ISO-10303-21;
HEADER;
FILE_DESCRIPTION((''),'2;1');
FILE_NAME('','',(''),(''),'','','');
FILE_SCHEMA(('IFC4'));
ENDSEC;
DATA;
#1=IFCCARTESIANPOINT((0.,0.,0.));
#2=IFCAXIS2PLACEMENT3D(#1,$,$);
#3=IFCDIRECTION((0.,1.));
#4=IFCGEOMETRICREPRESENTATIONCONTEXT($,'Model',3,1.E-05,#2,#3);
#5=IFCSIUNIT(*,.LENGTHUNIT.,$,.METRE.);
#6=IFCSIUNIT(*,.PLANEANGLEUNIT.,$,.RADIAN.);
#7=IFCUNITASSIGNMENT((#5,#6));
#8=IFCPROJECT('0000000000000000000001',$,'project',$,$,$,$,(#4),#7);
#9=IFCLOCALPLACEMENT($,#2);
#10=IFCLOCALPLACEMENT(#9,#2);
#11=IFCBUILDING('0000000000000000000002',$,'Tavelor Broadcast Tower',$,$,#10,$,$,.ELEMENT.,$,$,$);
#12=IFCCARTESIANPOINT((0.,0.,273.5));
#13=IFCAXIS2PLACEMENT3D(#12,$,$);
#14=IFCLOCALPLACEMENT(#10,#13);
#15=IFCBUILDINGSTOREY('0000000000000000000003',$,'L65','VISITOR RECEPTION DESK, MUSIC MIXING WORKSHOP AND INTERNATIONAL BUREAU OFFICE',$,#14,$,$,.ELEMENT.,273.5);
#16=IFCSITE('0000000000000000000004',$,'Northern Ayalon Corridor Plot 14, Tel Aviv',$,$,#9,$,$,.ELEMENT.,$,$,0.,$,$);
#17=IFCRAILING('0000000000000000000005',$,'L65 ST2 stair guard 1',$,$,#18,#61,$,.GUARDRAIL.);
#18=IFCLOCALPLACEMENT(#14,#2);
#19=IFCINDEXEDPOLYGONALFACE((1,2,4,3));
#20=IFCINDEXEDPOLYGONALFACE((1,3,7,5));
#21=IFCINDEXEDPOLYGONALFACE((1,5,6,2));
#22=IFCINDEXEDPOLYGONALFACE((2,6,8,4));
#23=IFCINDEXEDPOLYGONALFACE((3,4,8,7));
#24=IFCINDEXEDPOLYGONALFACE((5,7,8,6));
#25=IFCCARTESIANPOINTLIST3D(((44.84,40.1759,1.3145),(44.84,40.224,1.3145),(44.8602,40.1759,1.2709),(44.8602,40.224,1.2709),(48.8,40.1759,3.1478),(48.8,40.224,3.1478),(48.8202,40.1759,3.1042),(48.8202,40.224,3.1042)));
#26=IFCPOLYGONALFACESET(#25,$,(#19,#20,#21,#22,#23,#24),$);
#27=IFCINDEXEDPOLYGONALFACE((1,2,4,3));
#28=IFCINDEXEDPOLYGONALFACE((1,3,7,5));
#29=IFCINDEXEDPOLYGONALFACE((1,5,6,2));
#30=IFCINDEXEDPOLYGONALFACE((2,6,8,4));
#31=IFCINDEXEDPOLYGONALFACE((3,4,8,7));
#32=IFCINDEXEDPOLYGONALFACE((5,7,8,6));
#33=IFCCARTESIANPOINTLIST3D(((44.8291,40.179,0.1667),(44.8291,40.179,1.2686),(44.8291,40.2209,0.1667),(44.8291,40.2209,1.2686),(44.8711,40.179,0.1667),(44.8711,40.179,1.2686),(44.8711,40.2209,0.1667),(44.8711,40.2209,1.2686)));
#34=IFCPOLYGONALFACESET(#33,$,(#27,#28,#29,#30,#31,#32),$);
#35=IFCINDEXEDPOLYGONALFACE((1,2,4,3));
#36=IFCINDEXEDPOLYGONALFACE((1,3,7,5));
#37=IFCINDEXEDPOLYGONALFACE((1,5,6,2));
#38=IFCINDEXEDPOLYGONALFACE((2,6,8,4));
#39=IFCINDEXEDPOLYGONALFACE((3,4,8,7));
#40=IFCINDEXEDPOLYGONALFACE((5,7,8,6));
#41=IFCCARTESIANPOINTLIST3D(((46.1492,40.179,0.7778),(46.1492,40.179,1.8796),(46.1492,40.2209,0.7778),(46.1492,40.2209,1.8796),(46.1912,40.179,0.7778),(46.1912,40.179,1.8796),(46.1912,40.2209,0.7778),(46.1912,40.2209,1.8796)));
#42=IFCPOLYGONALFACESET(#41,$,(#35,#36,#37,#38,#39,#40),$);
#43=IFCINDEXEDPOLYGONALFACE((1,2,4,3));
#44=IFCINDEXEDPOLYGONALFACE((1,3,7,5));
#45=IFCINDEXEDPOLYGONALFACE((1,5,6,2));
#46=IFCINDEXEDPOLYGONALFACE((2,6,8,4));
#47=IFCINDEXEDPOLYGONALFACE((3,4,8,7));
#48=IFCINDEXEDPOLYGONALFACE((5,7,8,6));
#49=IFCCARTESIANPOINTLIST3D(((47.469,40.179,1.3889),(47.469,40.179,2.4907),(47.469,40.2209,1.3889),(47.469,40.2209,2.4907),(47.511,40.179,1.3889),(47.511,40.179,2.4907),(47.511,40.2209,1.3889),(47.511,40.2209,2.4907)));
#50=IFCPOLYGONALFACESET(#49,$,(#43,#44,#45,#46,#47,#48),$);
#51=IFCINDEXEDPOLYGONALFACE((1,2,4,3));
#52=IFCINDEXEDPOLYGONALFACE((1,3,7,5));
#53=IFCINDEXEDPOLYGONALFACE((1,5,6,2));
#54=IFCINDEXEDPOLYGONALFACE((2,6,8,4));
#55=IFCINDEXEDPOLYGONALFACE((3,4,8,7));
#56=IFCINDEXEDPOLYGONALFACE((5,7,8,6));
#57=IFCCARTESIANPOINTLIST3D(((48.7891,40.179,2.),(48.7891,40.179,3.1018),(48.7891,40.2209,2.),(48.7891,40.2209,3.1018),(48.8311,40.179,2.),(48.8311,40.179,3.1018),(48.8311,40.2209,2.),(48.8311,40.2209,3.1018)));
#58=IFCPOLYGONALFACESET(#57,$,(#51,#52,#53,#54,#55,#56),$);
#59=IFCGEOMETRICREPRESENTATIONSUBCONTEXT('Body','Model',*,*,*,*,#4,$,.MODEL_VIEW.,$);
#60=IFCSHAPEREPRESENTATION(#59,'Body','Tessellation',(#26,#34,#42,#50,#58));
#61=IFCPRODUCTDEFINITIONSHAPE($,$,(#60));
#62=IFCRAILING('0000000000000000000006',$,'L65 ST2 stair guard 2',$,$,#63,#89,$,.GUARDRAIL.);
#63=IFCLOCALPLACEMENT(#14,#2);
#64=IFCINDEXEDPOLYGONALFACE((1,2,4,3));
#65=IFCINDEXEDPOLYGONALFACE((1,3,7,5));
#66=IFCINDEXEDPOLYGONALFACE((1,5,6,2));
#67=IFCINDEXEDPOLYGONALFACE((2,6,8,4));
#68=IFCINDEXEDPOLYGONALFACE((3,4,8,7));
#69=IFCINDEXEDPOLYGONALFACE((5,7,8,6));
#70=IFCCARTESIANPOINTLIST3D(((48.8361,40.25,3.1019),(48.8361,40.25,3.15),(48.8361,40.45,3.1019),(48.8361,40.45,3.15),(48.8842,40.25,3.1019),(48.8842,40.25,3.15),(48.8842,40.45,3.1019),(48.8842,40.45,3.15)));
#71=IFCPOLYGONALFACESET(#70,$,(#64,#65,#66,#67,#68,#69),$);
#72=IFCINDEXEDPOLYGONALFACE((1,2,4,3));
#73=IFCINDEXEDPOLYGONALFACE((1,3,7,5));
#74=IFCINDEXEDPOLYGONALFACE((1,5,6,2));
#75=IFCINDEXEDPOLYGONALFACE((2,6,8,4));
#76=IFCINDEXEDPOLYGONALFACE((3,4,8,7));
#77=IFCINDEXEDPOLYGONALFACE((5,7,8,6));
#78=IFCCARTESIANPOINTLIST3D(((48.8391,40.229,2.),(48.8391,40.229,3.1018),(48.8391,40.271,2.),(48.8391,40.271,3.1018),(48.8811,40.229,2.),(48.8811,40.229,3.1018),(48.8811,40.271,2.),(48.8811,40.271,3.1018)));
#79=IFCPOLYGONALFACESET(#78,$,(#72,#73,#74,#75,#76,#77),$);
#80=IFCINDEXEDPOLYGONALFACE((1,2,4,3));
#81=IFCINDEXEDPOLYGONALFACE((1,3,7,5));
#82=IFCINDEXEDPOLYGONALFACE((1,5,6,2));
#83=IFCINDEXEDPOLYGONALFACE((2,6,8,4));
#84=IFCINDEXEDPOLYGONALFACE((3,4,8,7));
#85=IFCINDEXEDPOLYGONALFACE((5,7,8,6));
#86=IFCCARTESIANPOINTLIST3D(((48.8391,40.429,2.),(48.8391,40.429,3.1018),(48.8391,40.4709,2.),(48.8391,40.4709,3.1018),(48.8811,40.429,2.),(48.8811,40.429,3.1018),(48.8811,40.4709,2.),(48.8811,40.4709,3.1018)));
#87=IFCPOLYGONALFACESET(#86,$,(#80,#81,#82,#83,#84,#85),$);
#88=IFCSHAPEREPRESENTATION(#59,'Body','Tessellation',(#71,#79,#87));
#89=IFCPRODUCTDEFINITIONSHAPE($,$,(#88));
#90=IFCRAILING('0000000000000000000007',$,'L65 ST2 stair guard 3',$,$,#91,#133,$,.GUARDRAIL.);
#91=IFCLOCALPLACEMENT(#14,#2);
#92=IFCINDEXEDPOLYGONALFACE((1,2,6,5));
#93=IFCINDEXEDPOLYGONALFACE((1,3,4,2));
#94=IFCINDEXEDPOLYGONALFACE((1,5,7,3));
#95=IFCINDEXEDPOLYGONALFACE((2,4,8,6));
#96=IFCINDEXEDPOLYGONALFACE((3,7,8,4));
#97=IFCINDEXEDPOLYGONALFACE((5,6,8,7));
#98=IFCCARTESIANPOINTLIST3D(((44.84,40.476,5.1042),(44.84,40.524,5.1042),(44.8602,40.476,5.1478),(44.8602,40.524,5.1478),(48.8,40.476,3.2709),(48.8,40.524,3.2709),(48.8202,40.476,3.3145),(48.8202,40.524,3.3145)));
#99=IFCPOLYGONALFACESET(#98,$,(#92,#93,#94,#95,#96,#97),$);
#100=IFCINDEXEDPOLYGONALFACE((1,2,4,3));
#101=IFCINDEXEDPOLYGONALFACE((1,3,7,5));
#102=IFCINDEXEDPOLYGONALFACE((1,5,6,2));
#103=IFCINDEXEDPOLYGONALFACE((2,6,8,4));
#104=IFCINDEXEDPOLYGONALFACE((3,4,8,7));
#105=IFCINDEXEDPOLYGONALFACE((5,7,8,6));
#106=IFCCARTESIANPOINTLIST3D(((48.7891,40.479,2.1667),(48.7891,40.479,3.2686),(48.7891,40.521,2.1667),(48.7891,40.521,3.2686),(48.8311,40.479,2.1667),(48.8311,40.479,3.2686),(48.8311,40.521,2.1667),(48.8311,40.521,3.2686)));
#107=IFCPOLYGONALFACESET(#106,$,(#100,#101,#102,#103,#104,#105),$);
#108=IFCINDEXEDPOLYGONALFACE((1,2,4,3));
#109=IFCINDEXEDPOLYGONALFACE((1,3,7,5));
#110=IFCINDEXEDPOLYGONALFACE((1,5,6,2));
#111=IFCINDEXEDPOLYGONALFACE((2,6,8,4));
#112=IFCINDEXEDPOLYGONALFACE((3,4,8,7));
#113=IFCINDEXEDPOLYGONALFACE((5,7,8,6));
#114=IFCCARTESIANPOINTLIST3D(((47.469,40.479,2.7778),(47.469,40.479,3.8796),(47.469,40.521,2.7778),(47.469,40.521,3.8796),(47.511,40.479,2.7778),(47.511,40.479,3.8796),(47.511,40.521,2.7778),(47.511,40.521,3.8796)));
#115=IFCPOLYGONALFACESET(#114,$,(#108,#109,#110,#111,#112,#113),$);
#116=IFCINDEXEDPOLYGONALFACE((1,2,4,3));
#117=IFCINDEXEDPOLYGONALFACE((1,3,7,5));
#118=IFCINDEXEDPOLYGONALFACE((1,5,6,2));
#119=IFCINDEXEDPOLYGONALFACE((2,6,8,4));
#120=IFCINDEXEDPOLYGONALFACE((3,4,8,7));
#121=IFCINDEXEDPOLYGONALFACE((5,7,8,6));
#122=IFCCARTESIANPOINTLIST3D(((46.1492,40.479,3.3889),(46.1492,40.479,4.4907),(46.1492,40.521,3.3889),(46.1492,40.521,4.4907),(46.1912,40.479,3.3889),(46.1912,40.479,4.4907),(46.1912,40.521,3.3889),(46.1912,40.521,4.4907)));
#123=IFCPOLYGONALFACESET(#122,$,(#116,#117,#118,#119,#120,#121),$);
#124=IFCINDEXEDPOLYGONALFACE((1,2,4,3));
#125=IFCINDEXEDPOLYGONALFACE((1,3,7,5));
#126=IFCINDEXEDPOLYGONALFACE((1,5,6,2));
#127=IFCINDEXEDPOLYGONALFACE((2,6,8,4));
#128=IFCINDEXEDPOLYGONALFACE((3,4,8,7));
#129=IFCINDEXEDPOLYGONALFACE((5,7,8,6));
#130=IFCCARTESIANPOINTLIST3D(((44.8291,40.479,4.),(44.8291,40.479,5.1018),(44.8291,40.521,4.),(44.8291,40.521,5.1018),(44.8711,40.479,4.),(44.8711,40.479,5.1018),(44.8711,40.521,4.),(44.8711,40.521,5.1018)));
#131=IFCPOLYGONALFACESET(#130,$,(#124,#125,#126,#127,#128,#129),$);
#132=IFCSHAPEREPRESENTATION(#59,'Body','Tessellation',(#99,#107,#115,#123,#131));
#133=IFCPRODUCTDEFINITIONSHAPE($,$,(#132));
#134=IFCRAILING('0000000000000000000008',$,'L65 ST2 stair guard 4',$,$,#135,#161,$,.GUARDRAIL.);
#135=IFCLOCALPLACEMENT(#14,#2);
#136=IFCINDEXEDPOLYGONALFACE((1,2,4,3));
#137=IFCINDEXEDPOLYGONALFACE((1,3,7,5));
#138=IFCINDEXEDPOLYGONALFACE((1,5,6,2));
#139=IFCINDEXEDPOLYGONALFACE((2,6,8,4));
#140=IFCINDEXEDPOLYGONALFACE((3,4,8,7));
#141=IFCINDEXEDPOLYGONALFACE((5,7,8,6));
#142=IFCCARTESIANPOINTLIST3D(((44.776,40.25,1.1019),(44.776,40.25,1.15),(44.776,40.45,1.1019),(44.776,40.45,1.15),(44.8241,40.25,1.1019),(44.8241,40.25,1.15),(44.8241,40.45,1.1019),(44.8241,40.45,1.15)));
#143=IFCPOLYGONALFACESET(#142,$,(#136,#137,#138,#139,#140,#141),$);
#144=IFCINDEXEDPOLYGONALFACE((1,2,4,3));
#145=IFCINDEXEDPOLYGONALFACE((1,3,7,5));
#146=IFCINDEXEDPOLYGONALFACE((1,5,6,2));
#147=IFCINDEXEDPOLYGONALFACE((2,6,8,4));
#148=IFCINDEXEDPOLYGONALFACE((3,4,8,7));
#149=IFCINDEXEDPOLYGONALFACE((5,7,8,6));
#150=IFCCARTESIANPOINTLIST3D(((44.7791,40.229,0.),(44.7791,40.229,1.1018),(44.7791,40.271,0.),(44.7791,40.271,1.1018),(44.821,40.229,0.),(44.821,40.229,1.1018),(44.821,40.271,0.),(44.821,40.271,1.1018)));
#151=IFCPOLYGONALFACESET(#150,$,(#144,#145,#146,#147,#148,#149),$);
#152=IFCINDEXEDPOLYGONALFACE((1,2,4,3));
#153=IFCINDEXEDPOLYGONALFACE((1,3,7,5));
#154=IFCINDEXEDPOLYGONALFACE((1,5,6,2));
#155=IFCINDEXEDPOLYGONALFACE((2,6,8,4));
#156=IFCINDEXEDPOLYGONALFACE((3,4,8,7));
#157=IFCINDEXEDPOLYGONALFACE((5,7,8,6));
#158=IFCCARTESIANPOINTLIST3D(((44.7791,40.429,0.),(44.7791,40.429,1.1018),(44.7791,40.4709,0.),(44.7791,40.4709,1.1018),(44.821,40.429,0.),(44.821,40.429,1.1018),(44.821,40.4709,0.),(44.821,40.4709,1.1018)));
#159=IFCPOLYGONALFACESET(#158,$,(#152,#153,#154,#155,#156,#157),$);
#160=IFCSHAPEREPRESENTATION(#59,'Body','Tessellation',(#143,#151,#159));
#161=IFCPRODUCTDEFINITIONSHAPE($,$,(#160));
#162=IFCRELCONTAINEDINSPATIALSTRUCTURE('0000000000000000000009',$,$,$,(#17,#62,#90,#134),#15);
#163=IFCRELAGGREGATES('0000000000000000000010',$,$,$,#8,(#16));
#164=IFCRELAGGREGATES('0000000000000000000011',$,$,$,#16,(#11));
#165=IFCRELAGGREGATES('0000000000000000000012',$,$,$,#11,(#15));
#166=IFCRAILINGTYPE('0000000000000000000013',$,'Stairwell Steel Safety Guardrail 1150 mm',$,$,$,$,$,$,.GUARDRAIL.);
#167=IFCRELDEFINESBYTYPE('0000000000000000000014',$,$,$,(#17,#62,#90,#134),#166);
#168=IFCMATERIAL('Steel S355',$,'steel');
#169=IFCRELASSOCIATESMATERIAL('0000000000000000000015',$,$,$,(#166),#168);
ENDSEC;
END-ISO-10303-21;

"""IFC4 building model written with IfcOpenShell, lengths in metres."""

from ifc_helpers import new_model, si_unit, direction, frame, origin, origin_2d, place, context, subcontext, project, spatial, rectangle, extrude, material, type_object, element, save


model = new_model("IFC4")

# Units and contexts
model_context = context("Model", 3, precision=1e-05, world=origin(), true_north=direction((0.0, 1.0)))
body_context = subcontext(model_context, "Body", "Model", "MODEL_VIEW")
ifc_project = project(units=[si_unit("LENGTHUNIT", "METRE"), si_unit("PLANEANGLEUNIT", "RADIAN")], contexts=[model_context])

# Site, building, storey
site_placement = place(None, origin())
site = spatial("IfcSite", under=ifc_project, at=site_placement, Name="Northern Ayalon Corridor Plot 14, Tel Aviv", CompositionType="ELEMENT", RefElevation=0.0)
building_placement = place(site_placement, origin())
building = spatial("IfcBuilding", under=site, at=building_placement, Name="Tavelor Broadcast Tower", CompositionType="ELEMENT")
storey_placement = place(building_placement, frame((0.0, 0.0, 273.5)))
storey = spatial("IfcBuildingStorey", under=building, at=storey_placement, Name="L65", Description="VISITOR RECEPTION DESK, MUSIC MIXING WORKSHOP AND INTERNATIONAL BUREAU OFFICE", CompositionType="ELEMENT", Elevation=273.5)

# Shared definitions
ifc_material_1 = material(Name="Steel S355", Category="steel")

# Railings
railing_type_1 = type_object("IfcRailingType", Name="Stairwell Steel Safety Guardrail 1150 mm", PredefinedType="GUARDRAIL", material=ifc_material_1)
railing_1_placement = place(storey_placement, frame((44.8501, 40.2, 0.1667)))
element("IfcRailing", 1, at=railing_1_placement, inside=storey, type_object=railing_type_1, Name="L65 ST2 stair guard 1", PredefinedType="GUARDRAIL", context=body_context, shape_type="SweptSolid", body=[
    extrude(rectangle(XDim=0.0481, YDim=0.0481, at=origin_2d()), frame((0.0, 0.0, 1.126), z_axis=(0.907472, 0.0, 0.420112), x_axis=(0.0, 1.0, 0.0)), (0.0, 0.0, 1.0), 4.3638),
    extrude(rectangle(XDim=0.042, YDim=0.042, at=origin_2d()), origin(), (0.0, 0.0, 1.0), 1.1018),
    extrude(rectangle(XDim=0.042, YDim=0.042, at=origin_2d()), frame((1.3201, 0.0, 0.6111)), (0.0, 0.0, 1.0), 1.1018),
    extrude(rectangle(XDim=0.042, YDim=0.042, at=origin_2d()), frame((2.6399, 0.0, 1.2222)), (0.0, 0.0, 1.0), 1.1018),
    extrude(rectangle(XDim=0.042, YDim=0.042, at=origin_2d()), frame((3.96, 0.0, 1.8333)), (0.0, 0.0, 1.0), 1.1018),
])
railing_2_placement = place(storey_placement, frame((48.8601, 40.25, 2.0)))
element("IfcRailing", 2, at=railing_2_placement, inside=storey, type_object=railing_type_1, Name="L65 ST2 stair guard 2", PredefinedType="GUARDRAIL", context=body_context, shape_type="SweptSolid", body=[
    extrude(rectangle(XDim=0.0481, YDim=0.0481, at=origin_2d()), frame((0.0, 0.0, 1.126), z_axis=(0.0, 1.0, 0.0), x_axis=(-1.0, 0.0, 0.0)), (0.0, 0.0, 1.0), 0.2),
    extrude(rectangle(XDim=0.042, YDim=0.042, at=origin_2d()), origin(), (0.0, 0.0, 1.0), 1.1018),
    extrude(rectangle(XDim=0.042, YDim=0.042, at=origin_2d()), frame((0.0, 0.2, 0.0)), (0.0, 0.0, 1.0), 1.1018),
])
railing_3_placement = place(storey_placement, frame((48.8101, 40.5, 2.1667)))
element("IfcRailing", 3, at=railing_3_placement, inside=storey, type_object=railing_type_1, Name="L65 ST2 stair guard 3", PredefinedType="GUARDRAIL", context=body_context, shape_type="SweptSolid", body=[
    extrude(rectangle(XDim=0.0481, YDim=0.0481, at=origin_2d()), frame((0.0, 0.0, 1.126), z_axis=(-0.907472, 0.0, 0.420112), x_axis=(0.0, -1.0, 0.0)), (0.0, 0.0, 1.0), 4.3638),
    extrude(rectangle(XDim=0.042, YDim=0.042, at=origin_2d()), origin(), (0.0, 0.0, 1.0), 1.1018),
    extrude(rectangle(XDim=0.042, YDim=0.042, at=origin_2d()), frame((-1.3201, 0.0, 0.6111)), (0.0, 0.0, 1.0), 1.1018),
    extrude(rectangle(XDim=0.042, YDim=0.042, at=origin_2d()), frame((-2.6399, 0.0, 1.2222)), (0.0, 0.0, 1.0), 1.1018),
    extrude(rectangle(XDim=0.042, YDim=0.042, at=origin_2d()), frame((-3.96, 0.0, 1.8333)), (0.0, 0.0, 1.0), 1.1018),
])
railing_4_placement = place(storey_placement, frame((44.8, 40.25, 0.0)))
element("IfcRailing", 4, at=railing_4_placement, inside=storey, type_object=railing_type_1, Name="L65 ST2 stair guard 4", PredefinedType="GUARDRAIL", context=body_context, shape_type="SweptSolid", body=[
    extrude(rectangle(XDim=0.0481, YDim=0.0481, at=origin_2d()), frame((0.0, 0.0, 1.126), z_axis=(0.0, 1.0, 0.0), x_axis=(-1.0, 0.0, 0.0)), (0.0, 0.0, 1.0), 0.2),
    extrude(rectangle(XDim=0.042, YDim=0.042, at=origin_2d()), origin(), (0.0, 0.0, 1.0), 1.1018),
    extrude(rectangle(XDim=0.042, YDim=0.042, at=origin_2d()), frame((0.0, 0.2, 0.0)), (0.0, 0.0, 1.0), 1.1018),
])

save(model, "model.ifc")
